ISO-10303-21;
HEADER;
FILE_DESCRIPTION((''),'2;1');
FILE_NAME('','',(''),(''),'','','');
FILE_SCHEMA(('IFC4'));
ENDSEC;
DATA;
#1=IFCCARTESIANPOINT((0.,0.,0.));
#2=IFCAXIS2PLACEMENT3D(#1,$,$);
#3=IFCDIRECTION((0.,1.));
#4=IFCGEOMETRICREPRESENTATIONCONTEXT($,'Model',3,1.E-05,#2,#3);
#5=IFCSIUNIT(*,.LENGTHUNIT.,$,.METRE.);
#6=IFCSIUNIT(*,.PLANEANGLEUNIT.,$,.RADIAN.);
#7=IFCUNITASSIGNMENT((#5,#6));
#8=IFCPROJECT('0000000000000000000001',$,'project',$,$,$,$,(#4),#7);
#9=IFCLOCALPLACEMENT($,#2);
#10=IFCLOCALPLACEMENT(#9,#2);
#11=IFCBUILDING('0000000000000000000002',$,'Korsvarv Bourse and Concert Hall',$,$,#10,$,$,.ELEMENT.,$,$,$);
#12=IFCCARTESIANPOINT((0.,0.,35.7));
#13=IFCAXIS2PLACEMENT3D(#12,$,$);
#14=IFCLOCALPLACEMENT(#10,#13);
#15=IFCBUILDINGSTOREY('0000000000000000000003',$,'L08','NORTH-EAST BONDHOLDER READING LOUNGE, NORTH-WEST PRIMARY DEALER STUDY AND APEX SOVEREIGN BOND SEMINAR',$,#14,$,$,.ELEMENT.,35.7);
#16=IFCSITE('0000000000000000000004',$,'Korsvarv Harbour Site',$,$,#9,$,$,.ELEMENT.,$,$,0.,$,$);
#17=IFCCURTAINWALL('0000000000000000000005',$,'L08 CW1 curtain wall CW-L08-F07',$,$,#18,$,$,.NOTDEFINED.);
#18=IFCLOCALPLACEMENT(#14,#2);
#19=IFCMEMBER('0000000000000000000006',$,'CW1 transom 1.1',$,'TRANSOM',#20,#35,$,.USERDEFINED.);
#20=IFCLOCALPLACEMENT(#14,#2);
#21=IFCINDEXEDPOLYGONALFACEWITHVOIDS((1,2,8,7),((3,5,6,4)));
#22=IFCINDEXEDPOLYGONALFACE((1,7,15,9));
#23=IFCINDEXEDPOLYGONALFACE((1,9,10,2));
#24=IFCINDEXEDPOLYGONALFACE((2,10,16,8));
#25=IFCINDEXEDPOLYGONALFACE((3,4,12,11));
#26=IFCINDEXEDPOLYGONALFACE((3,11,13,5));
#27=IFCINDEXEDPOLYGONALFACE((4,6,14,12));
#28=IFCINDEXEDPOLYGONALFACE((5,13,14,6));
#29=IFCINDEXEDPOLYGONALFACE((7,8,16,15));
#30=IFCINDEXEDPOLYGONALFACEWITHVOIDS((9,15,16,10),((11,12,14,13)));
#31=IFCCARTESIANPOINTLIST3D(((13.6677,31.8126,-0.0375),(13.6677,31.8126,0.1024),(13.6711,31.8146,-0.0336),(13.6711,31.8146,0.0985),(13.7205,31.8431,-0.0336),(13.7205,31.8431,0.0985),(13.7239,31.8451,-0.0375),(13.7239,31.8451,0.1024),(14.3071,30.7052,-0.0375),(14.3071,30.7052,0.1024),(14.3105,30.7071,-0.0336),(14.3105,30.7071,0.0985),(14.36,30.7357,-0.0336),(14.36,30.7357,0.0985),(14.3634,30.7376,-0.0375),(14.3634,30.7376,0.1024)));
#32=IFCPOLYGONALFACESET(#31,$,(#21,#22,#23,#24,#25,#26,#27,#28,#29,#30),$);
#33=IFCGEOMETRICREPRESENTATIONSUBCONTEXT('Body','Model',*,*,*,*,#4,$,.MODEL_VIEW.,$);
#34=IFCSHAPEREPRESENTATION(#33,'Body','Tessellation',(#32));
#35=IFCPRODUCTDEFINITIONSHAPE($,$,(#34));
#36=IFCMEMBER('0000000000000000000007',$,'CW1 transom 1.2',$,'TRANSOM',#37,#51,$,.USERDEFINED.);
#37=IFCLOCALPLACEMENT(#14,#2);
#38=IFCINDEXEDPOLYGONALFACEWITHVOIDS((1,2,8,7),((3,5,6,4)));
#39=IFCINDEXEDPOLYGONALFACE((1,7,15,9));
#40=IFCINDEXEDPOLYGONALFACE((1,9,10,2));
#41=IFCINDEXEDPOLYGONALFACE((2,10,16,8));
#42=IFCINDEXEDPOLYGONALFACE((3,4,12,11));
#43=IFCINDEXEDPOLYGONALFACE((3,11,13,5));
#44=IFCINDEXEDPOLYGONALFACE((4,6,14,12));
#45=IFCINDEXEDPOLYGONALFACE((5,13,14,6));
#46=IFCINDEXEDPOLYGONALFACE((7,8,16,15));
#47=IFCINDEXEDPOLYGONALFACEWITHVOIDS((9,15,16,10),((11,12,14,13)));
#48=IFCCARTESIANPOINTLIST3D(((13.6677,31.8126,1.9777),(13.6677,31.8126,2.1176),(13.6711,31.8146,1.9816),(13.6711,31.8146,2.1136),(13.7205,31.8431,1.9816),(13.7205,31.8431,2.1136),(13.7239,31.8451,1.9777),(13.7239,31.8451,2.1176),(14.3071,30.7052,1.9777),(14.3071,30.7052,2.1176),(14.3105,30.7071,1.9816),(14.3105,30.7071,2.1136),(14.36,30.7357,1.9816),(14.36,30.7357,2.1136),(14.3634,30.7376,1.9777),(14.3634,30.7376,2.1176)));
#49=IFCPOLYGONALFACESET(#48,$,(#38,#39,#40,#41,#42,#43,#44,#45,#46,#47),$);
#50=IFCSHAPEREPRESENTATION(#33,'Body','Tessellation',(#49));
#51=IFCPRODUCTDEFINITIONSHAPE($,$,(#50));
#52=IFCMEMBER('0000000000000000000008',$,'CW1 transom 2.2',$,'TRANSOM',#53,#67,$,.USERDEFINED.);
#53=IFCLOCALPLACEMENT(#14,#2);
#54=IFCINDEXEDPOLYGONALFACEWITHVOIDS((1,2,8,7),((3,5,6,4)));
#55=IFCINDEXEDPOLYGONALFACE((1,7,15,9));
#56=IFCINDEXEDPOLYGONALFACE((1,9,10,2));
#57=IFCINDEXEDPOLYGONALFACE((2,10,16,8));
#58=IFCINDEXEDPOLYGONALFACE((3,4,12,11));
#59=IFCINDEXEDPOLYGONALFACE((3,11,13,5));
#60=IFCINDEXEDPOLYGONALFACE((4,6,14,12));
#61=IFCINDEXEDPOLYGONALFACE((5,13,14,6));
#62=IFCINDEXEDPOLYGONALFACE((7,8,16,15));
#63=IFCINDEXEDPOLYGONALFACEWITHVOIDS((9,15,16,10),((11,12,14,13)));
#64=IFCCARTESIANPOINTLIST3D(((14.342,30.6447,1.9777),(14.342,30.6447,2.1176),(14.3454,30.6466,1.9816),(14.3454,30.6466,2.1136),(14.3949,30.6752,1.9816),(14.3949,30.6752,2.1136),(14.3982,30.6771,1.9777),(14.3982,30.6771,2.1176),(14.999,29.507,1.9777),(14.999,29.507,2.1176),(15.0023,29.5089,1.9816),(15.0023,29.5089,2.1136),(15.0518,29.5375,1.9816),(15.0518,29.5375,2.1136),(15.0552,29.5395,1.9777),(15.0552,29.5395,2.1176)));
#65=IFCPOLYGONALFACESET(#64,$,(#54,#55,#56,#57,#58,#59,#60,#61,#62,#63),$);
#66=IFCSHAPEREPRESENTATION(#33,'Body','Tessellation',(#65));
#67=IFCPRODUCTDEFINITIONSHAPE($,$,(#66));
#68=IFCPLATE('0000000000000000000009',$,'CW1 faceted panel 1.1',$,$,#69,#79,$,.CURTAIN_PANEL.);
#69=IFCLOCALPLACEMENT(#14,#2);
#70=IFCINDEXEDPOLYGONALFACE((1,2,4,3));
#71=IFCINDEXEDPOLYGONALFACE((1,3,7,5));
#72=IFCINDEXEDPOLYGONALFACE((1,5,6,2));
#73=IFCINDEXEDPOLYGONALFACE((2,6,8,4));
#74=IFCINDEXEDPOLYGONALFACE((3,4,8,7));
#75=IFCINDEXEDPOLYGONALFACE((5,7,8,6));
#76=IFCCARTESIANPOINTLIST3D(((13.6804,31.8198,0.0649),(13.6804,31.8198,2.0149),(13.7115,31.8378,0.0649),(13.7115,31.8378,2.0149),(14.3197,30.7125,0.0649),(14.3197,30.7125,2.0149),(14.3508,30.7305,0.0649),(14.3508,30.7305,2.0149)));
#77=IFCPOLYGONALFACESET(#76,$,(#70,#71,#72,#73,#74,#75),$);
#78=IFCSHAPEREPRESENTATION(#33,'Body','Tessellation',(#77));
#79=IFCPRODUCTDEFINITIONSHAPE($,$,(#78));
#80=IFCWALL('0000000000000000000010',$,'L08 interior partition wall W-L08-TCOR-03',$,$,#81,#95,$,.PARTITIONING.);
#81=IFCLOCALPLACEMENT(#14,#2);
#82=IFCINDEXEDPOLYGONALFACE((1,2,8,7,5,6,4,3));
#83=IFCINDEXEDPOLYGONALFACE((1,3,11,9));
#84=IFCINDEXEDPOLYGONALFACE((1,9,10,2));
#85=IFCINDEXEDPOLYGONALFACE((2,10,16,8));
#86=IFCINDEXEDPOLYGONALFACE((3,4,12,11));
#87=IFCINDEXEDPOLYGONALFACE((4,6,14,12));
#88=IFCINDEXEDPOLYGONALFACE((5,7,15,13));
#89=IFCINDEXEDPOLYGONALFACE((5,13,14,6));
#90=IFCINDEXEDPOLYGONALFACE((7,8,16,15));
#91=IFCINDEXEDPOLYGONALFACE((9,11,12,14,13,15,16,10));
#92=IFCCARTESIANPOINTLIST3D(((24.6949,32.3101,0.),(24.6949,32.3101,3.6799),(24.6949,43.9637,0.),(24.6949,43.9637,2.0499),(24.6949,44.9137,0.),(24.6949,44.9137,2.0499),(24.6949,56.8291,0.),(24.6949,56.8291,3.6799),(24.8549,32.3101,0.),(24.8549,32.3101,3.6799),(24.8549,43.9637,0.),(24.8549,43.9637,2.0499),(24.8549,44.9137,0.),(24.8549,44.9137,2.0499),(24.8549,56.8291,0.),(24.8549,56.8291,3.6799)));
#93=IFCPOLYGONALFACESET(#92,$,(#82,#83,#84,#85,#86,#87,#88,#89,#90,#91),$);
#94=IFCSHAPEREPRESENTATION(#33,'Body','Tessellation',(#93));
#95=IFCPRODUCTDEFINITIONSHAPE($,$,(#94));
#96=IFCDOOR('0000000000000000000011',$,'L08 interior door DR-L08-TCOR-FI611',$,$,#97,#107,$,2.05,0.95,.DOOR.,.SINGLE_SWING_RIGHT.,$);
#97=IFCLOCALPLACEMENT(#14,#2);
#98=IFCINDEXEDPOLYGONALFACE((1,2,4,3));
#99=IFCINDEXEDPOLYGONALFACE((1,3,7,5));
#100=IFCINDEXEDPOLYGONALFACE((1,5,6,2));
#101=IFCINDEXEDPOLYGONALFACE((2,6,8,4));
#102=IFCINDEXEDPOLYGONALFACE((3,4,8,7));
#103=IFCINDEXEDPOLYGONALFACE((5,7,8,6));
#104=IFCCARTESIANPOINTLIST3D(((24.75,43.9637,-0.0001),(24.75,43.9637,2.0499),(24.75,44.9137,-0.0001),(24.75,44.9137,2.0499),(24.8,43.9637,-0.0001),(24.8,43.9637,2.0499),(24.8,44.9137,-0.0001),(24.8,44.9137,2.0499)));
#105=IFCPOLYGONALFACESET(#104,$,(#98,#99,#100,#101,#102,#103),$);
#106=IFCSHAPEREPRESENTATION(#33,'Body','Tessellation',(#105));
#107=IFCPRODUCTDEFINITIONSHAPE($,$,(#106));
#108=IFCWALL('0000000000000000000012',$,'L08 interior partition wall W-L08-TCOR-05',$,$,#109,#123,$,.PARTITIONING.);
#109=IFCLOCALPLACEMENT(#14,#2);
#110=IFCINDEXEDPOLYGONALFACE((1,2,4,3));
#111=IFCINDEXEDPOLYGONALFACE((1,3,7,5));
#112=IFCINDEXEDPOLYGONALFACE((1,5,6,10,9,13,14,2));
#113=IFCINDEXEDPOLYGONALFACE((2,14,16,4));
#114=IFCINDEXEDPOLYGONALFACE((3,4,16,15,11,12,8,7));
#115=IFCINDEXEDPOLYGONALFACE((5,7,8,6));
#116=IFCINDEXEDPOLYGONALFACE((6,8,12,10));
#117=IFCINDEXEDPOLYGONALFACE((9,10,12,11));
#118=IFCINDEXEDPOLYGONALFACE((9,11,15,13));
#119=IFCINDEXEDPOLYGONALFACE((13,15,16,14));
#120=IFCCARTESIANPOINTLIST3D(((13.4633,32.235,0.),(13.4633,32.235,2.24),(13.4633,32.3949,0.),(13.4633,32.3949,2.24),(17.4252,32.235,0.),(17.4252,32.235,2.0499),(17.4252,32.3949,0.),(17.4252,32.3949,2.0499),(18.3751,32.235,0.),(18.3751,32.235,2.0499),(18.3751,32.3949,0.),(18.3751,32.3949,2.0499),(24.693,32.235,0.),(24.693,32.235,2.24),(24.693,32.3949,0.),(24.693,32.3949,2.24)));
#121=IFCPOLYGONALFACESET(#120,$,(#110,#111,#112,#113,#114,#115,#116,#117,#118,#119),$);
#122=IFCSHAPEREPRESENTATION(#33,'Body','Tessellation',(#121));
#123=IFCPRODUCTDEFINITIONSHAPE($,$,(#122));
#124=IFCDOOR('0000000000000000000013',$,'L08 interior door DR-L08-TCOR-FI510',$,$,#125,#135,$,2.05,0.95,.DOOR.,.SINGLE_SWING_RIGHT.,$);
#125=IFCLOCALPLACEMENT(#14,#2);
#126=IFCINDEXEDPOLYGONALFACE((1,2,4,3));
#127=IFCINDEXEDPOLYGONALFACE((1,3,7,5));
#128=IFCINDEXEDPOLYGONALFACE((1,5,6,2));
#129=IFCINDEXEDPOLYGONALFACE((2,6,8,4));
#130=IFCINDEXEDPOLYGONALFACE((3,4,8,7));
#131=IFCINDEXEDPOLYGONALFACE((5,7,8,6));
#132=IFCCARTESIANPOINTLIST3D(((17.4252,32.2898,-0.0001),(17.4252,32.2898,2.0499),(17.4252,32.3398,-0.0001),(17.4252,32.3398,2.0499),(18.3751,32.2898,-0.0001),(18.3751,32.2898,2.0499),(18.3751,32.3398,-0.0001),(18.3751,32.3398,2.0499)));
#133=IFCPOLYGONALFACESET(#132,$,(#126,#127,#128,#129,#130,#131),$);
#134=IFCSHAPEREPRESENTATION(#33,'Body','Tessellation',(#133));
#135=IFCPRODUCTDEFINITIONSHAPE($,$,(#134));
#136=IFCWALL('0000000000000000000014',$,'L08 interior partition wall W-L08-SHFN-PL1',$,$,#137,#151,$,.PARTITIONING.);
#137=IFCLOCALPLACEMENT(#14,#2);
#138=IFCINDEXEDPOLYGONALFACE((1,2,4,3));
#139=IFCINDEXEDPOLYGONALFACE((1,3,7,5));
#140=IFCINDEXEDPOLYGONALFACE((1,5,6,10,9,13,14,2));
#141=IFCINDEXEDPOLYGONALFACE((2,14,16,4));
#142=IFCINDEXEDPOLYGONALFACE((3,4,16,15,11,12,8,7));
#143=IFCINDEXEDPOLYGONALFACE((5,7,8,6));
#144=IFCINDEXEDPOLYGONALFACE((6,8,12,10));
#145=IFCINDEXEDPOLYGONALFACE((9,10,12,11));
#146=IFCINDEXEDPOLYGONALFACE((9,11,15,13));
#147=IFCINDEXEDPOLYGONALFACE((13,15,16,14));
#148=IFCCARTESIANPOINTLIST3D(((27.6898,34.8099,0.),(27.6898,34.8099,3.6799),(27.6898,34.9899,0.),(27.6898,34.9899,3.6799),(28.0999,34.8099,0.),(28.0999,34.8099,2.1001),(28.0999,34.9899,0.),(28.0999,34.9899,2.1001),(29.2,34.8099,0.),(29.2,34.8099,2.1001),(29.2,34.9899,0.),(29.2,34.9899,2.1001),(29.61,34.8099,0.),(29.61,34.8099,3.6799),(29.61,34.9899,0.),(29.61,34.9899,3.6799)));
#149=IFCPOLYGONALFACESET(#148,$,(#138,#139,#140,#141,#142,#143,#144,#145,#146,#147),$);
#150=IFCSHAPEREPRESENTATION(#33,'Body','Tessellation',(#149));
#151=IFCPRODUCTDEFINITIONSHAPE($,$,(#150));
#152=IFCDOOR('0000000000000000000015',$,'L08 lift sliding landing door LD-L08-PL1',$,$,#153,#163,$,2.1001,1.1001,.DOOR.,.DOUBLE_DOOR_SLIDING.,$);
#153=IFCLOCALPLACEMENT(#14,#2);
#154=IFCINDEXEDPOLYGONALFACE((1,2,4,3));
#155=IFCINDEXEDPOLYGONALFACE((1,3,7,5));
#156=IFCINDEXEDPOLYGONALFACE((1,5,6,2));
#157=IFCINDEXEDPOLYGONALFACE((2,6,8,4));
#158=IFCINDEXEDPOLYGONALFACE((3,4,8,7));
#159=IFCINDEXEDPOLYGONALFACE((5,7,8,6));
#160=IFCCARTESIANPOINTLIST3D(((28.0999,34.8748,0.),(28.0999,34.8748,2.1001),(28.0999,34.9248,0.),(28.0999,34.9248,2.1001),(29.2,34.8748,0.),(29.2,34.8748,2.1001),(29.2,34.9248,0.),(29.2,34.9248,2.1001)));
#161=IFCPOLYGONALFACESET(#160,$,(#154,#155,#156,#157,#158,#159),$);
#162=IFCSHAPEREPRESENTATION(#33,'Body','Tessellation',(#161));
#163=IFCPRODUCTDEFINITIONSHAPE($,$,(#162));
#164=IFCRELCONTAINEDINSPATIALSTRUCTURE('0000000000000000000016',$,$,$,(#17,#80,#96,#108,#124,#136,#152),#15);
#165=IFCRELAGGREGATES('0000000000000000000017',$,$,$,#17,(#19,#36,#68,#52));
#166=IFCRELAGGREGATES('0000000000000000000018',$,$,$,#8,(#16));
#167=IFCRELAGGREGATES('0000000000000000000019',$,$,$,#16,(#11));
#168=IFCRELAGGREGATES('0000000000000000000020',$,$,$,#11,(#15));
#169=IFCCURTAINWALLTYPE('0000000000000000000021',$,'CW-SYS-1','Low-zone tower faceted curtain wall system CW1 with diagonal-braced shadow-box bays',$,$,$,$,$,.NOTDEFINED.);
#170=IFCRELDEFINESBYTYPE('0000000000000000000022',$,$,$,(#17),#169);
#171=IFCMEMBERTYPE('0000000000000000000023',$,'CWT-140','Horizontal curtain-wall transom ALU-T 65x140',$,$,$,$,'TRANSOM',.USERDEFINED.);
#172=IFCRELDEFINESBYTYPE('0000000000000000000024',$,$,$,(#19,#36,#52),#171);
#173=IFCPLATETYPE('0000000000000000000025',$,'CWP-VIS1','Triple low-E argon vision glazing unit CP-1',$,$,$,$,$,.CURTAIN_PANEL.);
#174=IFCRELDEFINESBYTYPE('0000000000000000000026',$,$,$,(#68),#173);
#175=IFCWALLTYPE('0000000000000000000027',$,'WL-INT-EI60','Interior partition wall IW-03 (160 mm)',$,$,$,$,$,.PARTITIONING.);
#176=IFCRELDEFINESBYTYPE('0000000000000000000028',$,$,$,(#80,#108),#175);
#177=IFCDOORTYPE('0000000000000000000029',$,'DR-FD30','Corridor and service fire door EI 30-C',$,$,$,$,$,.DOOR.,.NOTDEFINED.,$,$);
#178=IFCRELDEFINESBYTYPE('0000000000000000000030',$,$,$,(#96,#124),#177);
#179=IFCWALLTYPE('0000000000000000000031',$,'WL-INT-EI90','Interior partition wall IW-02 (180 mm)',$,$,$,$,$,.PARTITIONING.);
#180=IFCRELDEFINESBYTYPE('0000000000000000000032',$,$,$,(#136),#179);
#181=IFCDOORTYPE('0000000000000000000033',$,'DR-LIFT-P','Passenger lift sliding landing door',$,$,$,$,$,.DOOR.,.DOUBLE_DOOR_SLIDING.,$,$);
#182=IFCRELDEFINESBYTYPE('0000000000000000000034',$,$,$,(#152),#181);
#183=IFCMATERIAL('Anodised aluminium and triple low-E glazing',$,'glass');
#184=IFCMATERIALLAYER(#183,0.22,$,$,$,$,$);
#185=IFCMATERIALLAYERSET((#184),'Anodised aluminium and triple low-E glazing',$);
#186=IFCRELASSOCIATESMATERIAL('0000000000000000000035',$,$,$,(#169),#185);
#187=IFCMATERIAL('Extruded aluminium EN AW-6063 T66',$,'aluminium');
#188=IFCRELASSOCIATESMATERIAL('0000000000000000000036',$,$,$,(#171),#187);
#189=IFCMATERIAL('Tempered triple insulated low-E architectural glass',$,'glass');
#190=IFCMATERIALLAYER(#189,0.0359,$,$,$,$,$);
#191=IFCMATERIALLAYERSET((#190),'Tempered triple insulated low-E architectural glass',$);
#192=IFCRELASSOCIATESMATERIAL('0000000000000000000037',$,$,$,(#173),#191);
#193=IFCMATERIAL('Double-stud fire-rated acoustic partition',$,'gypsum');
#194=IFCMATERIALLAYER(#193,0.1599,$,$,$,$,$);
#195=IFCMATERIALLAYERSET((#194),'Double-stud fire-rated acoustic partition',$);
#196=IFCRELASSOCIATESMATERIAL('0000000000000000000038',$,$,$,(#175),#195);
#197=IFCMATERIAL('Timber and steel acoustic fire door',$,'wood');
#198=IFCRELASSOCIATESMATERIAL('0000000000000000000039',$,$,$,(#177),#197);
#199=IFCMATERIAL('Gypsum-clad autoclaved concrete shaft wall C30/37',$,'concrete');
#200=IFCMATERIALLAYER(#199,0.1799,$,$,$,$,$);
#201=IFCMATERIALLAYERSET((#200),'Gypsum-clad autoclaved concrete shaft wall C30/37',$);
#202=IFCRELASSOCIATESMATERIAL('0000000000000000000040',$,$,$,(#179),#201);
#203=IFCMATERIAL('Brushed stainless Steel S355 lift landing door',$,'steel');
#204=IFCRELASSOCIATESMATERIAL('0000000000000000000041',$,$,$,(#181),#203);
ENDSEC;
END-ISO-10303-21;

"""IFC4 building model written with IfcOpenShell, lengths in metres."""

from ifc_helpers import new_model, si_unit, direction, frame, frame_2d, origin, origin_2d, place, context, subcontext, project, spatial, rectangle, hollow_rectangle, extrude, source, transform, mapped, material, layer, layer_set, material_profile, profile_set, type_object, element, fill, aggregate, save


model = new_model("IFC4")

# Units and contexts
model_context = context("Model", 3, precision=1e-05, world=origin(), true_north=direction((0.0, 1.0)))
body_context = subcontext(model_context, "Body", "Model", "MODEL_VIEW")
ifc_project = project(units=[si_unit("LENGTHUNIT", "METRE"), si_unit("PLANEANGLEUNIT", "RADIAN")], contexts=[model_context])

# Site, building, storey
site_placement = place(None, origin())
site = spatial("IfcSite", under=ifc_project, at=site_placement, Name="Korsvarv Harbour Site", CompositionType="ELEMENT", RefElevation=0.0)
building_placement = place(site_placement, origin())
building = spatial("IfcBuilding", under=site, at=building_placement, Name="Korsvarv Bourse and Concert Hall", CompositionType="ELEMENT")
storey_placement = place(building_placement, frame((0.0, 0.0, 35.7)))
storey = spatial("IfcBuildingStorey", under=building, at=storey_placement, Name="L08", Description="NORTH-EAST BONDHOLDER READING LOUNGE, NORTH-WEST PRIMARY DEALER STUDY AND APEX SOVEREIGN BOND SEMINAR", CompositionType="ELEMENT", Elevation=35.7)

# Curtain wall, members, plate
ifc_material_1 = material(Name="Anodised aluminium and triple low-E glazing", Category="glass")
ifc_layer_1 = layer(ifc_material_1, 0.22)
ifc_layer_set_1 = layer_set([ifc_layer_1], Name="Anodised aluminium and triple low-E glazing")
curtain_wall_type = type_object("IfcCurtainWallType", Name="CW-SYS-1", Description="Low-zone tower faceted curtain wall system CW1 with diagonal-braced shadow-box bays", PredefinedType="NOTDEFINED", material=ifc_layer_set_1)
curtain_wall_placement = place(storey_placement, origin())
curtain_wall = element("IfcCurtainWall", 1, at=curtain_wall_placement, inside=storey, type_object=curtain_wall_type, Name="L08 CW1 curtain wall CW-L08-F07", PredefinedType="NOTDEFINED")
ifc_material_2 = material(Name="Extruded aluminium EN AW-6063 T66", Category="aluminium")
ifc_material_profile_1 = material_profile(ifc_material_2, hollow_rectangle(XDim=0.0649, YDim=0.1399, WallThickness=0.0039, at=origin_2d()), Name="ALU-T 65x140")
ifc_profile_set_1 = profile_set([ifc_material_profile_1], Name="Extruded aluminium EN AW-6063 T66")
member_type_1 = type_object("IfcMemberType", Name="CWT-140", Description="Horizontal curtain-wall transom ALU-T 65x140", ElementType="TRANSOM", PredefinedType="USERDEFINED", material=ifc_profile_set_1)
shared_shape_1 = source(origin(), body_context, "Body", "SweptSolid", [
    extrude(hollow_rectangle(XDim=0.0649, YDim=0.1399, WallThickness=0.0039, at=origin_2d()), origin(), (0.0, 0.0, 1.0), 1.2788),
])
member_1_placement = place(storey_placement, frame((13.6958, 31.8289, 0.0325), z_axis=(0.50002, -0.866014, 0.0), x_axis=(0.866014, 0.50002, 0.0)))
member_1 = element("IfcMember", 2, at=member_1_placement, type_object=member_type_1, Name="CW1 transom 1.1", ObjectType="TRANSOM", PredefinedType="USERDEFINED", context=body_context, shape_type="MappedRepresentation", body=[
    mapped(shared_shape_1, transform((0.0, 0.0, 0.0), scale=1.0)),
])
member_2_placement = place(storey_placement, frame((13.6958, 31.8289, 2.0476), z_axis=(0.50002, -0.866014, 0.0), x_axis=(0.866014, 0.50002, 0.0)))
member_2 = element("IfcMember", 3, at=member_2_placement, type_object=member_type_1, Name="CW1 transom 1.2", ObjectType="TRANSOM", PredefinedType="USERDEFINED", context=body_context, shape_type="MappedRepresentation", body=[
    mapped(shared_shape_1, transform((0.0, 0.0, 0.0), scale=1.0)),
])
shared_shape_2 = source(origin(), body_context, "Body", "SweptSolid", [
    extrude(hollow_rectangle(XDim=0.0649, YDim=0.1399, WallThickness=0.0039, at=origin_2d()), origin(), (0.0, 0.0, 1.0), 1.3137),
])
member_3_placement = place(storey_placement, frame((14.3701, 30.6609, 2.0476), z_axis=(0.500076, -0.865981, 0.0), x_axis=(0.865981, 0.500076, 0.0)))
member_3 = element("IfcMember", 4, at=member_3_placement, type_object=member_type_1, Name="CW1 transom 2.2", ObjectType="TRANSOM", PredefinedType="USERDEFINED", context=body_context, shape_type="MappedRepresentation", body=[
    mapped(shared_shape_2, transform((0.0, 0.0, 0.0), scale=1.0)),
])
ifc_material_3 = material(Name="Tempered triple insulated low-E architectural glass", Category="glass")
ifc_layer_2 = layer(ifc_material_3, 0.0359)
ifc_layer_set_2 = layer_set([ifc_layer_2], Name="Tempered triple insulated low-E architectural glass")
plate_type = type_object("IfcPlateType", Name="CWP-VIS1", Description="Triple low-E argon vision glazing unit CP-1", PredefinedType="CURTAIN_PANEL", material=ifc_layer_set_2)
shared_shape_3 = source(origin(), body_context, "Body", "SweptSolid", [
    extrude(rectangle(XDim=1.2786, YDim=0.0359, at=origin_2d()), origin(), (0.0, 0.0, 1.0), 1.95),
])
plate_placement = place(storey_placement, frame((14.0156, 31.2751, 0.0649), z_axis=(0.0, 0.0, 1.0), x_axis=(0.5, -0.866026, 0.0)))
plate = element("IfcPlate", 5, at=plate_placement, type_object=plate_type, Name="CW1 faceted panel 1.1", PredefinedType="CURTAIN_PANEL", context=body_context, shape_type="MappedRepresentation", body=[
    mapped(shared_shape_3, transform((0.0, 0.0, 0.0), scale=1.0)),
])
aggregate(curtain_wall, [member_1, member_2, plate, member_3])

# Walls, openings, doors
ifc_material_4 = material(Name="Double-stud fire-rated acoustic partition", Category="gypsum")
ifc_layer_3 = layer(ifc_material_4, 0.1599)
ifc_layer_set_3 = layer_set([ifc_layer_3], Name="Double-stud fire-rated acoustic partition")
wall_type_1 = type_object("IfcWallType", Name="WL-INT-EI60", Description="Interior partition wall IW-03 (160 mm)", PredefinedType="PARTITIONING", material=ifc_layer_set_3)
wall_1_placement = place(storey_placement, frame((24.7749, 32.3101, 0.0), z_axis=(0.0, 0.0, 1.0), x_axis=(0.0, 1.0, 0.0)))
wall_1 = element("IfcWall", 6, at=wall_1_placement, inside=storey, type_object=wall_type_1, Name="L08 interior partition wall W-L08-TCOR-03", PredefinedType="PARTITIONING", context=body_context, shape_type="SweptSolid", body=[
    extrude(rectangle(XDim=24.519, YDim=0.1599, at=frame_2d((12.2595, 0.0))), origin(), (0.0, 0.0, 1.0), 3.6799),
])
opening_1_placement = place(wall_1_placement, frame((11.6536, 0.0, 0.0)))
opening_1 = element("IfcOpeningElement", 7, at=opening_1_placement, cuts=wall_1, PredefinedType="OPENING", context=body_context, shape_type="SweptSolid", body=[
    extrude(rectangle(XDim=0.95, YDim=2.05, at=frame_2d((0.4751, 1.0249))), frame((0.0, 0.0898, 0.0), z_axis=(0.0, -1.0, 0.0), x_axis=(1.0, 0.0, 0.0)), (0.0, 0.0, 1.0), 0.1799),
])
ifc_material_5 = material(Name="Timber and steel acoustic fire door", Category="wood")
door_type_1 = type_object("IfcDoorType", Name="DR-FD30", Description="Corridor and service fire door EI 30-C", OperationType="NOTDEFINED", PredefinedType="DOOR", material=ifc_material_5)
door_1_placement = place(opening_1_placement, origin())
door_1 = element("IfcDoor", 8, at=door_1_placement, inside=storey, type_object=door_type_1, Name="L08 interior door DR-L08-TCOR-FI611", OperationType="SINGLE_SWING_RIGHT", OverallHeight=2.05, OverallWidth=0.95, PredefinedType="DOOR", context=body_context, shape_type="SweptSolid", body=[
    extrude(rectangle(XDim=0.95, YDim=2.05, at=frame_2d((0.4751, 1.0249))), frame((0.0, 0.0249, 0.0), z_axis=(0.0, -1.0, 0.0), x_axis=(1.0, 0.0, 0.0)), (0.0, 0.0, 1.0), 0.05),
])
fill(opening_1, door_1)
wall_2_placement = place(storey_placement, frame((13.4634, 32.3149, 0.0), z_axis=(0.0, 0.0, 1.0), x_axis=(1.0, 0.0, 0.0)))
wall_2 = element("IfcWall", 9, at=wall_2_placement, inside=storey, type_object=wall_type_1, Name="L08 interior partition wall W-L08-TCOR-05", PredefinedType="PARTITIONING", context=body_context, shape_type="SweptSolid", body=[
    extrude(rectangle(XDim=11.2297, YDim=0.1599, at=frame_2d((5.6147, 0.0))), origin(), (0.0, 0.0, 1.0), 2.24),
])
opening_2_placement = place(wall_2_placement, frame((3.9617, 0.0, 0.0)))
opening_2 = element("IfcOpeningElement", 10, at=opening_2_placement, cuts=wall_2, PredefinedType="OPENING", context=body_context, shape_type="SweptSolid", body=[
    extrude(rectangle(XDim=0.95, YDim=2.05, at=frame_2d((0.4751, 1.0249))), frame((0.0, 0.0898, 0.0), z_axis=(0.0, -1.0, 0.0), x_axis=(1.0, 0.0, 0.0)), (0.0, 0.0, 1.0), 0.1799),
])
door_2_placement = place(opening_2_placement, origin())
door_2 = element("IfcDoor", 11, at=door_2_placement, inside=storey, type_object=door_type_1, Name="L08 interior door DR-L08-TCOR-FI510", OperationType="SINGLE_SWING_RIGHT", OverallHeight=2.05, OverallWidth=0.95, PredefinedType="DOOR", context=body_context, shape_type="SweptSolid", body=[
    extrude(rectangle(XDim=0.95, YDim=2.05, at=frame_2d((0.4751, 1.0249))), frame((0.0, 0.0249, 0.0), z_axis=(0.0, -1.0, 0.0), x_axis=(1.0, 0.0, 0.0)), (0.0, 0.0, 1.0), 0.05),
])
fill(opening_2, door_2)
ifc_material_6 = material(Name="Gypsum-clad autoclaved concrete shaft wall C30/37", Category="concrete")
ifc_layer_4 = layer(ifc_material_6, 0.1799)
ifc_layer_set_4 = layer_set([ifc_layer_4], Name="Gypsum-clad autoclaved concrete shaft wall C30/37")
wall_type_2 = type_object("IfcWallType", Name="WL-INT-EI90", Description="Interior partition wall IW-02 (180 mm)", PredefinedType="PARTITIONING", material=ifc_layer_set_4)
wall_3_placement = place(storey_placement, frame((27.6899, 34.8999, 0.0), z_axis=(0.0, 0.0, 1.0), x_axis=(1.0, 0.0, 0.0)))
wall_3 = element("IfcWall", 12, at=wall_3_placement, inside=storey, type_object=wall_type_2, Name="L08 interior partition wall W-L08-SHFN-PL1", PredefinedType="PARTITIONING", context=body_context, shape_type="SweptSolid", body=[
    extrude(rectangle(XDim=1.9202, YDim=0.1799, at=frame_2d((0.96, 0.0))), origin(), (0.0, 0.0, 1.0), 3.6799),
])
opening_3_placement = place(wall_3_placement, frame((0.4099, 0.0, 0.0)))
opening_3 = element("IfcOpeningElement", 13, at=opening_3_placement, cuts=wall_3, PredefinedType="OPENING", context=body_context, shape_type="SweptSolid", body=[
    extrude(rectangle(XDim=1.1001, YDim=2.1001, at=frame_2d((0.55, 1.05))), frame((0.0, 0.1001, 0.0), z_axis=(0.0, -1.0, 0.0), x_axis=(1.0, 0.0, 0.0)), (0.0, 0.0, 1.0), 0.2),
])
ifc_material_7 = material(Name="Brushed stainless Steel S355 lift landing door", Category="steel")
door_type_2 = type_object("IfcDoorType", Name="DR-LIFT-P", Description="Passenger lift sliding landing door", OperationType="DOUBLE_DOOR_SLIDING", PredefinedType="DOOR", material=ifc_material_7)
door_3_placement = place(opening_3_placement, origin())
door_3 = element("IfcDoor", 14, at=door_3_placement, inside=storey, type_object=door_type_2, Name="L08 lift sliding landing door LD-L08-PL1", OperationType="DOUBLE_DOOR_SLIDING", OverallHeight=2.1001, OverallWidth=1.1001, PredefinedType="DOOR", context=body_context, shape_type="SweptSolid", body=[
    extrude(rectangle(XDim=1.1001, YDim=2.1001, at=frame_2d((0.55, 1.05))), frame((0.0, 0.0249, 0.0), z_axis=(0.0, -1.0, 0.0), x_axis=(1.0, 0.0, 0.0)), (0.0, 0.0, 1.0), 0.05),
])
fill(opening_3, door_3)

save(model, "model.ifc")
